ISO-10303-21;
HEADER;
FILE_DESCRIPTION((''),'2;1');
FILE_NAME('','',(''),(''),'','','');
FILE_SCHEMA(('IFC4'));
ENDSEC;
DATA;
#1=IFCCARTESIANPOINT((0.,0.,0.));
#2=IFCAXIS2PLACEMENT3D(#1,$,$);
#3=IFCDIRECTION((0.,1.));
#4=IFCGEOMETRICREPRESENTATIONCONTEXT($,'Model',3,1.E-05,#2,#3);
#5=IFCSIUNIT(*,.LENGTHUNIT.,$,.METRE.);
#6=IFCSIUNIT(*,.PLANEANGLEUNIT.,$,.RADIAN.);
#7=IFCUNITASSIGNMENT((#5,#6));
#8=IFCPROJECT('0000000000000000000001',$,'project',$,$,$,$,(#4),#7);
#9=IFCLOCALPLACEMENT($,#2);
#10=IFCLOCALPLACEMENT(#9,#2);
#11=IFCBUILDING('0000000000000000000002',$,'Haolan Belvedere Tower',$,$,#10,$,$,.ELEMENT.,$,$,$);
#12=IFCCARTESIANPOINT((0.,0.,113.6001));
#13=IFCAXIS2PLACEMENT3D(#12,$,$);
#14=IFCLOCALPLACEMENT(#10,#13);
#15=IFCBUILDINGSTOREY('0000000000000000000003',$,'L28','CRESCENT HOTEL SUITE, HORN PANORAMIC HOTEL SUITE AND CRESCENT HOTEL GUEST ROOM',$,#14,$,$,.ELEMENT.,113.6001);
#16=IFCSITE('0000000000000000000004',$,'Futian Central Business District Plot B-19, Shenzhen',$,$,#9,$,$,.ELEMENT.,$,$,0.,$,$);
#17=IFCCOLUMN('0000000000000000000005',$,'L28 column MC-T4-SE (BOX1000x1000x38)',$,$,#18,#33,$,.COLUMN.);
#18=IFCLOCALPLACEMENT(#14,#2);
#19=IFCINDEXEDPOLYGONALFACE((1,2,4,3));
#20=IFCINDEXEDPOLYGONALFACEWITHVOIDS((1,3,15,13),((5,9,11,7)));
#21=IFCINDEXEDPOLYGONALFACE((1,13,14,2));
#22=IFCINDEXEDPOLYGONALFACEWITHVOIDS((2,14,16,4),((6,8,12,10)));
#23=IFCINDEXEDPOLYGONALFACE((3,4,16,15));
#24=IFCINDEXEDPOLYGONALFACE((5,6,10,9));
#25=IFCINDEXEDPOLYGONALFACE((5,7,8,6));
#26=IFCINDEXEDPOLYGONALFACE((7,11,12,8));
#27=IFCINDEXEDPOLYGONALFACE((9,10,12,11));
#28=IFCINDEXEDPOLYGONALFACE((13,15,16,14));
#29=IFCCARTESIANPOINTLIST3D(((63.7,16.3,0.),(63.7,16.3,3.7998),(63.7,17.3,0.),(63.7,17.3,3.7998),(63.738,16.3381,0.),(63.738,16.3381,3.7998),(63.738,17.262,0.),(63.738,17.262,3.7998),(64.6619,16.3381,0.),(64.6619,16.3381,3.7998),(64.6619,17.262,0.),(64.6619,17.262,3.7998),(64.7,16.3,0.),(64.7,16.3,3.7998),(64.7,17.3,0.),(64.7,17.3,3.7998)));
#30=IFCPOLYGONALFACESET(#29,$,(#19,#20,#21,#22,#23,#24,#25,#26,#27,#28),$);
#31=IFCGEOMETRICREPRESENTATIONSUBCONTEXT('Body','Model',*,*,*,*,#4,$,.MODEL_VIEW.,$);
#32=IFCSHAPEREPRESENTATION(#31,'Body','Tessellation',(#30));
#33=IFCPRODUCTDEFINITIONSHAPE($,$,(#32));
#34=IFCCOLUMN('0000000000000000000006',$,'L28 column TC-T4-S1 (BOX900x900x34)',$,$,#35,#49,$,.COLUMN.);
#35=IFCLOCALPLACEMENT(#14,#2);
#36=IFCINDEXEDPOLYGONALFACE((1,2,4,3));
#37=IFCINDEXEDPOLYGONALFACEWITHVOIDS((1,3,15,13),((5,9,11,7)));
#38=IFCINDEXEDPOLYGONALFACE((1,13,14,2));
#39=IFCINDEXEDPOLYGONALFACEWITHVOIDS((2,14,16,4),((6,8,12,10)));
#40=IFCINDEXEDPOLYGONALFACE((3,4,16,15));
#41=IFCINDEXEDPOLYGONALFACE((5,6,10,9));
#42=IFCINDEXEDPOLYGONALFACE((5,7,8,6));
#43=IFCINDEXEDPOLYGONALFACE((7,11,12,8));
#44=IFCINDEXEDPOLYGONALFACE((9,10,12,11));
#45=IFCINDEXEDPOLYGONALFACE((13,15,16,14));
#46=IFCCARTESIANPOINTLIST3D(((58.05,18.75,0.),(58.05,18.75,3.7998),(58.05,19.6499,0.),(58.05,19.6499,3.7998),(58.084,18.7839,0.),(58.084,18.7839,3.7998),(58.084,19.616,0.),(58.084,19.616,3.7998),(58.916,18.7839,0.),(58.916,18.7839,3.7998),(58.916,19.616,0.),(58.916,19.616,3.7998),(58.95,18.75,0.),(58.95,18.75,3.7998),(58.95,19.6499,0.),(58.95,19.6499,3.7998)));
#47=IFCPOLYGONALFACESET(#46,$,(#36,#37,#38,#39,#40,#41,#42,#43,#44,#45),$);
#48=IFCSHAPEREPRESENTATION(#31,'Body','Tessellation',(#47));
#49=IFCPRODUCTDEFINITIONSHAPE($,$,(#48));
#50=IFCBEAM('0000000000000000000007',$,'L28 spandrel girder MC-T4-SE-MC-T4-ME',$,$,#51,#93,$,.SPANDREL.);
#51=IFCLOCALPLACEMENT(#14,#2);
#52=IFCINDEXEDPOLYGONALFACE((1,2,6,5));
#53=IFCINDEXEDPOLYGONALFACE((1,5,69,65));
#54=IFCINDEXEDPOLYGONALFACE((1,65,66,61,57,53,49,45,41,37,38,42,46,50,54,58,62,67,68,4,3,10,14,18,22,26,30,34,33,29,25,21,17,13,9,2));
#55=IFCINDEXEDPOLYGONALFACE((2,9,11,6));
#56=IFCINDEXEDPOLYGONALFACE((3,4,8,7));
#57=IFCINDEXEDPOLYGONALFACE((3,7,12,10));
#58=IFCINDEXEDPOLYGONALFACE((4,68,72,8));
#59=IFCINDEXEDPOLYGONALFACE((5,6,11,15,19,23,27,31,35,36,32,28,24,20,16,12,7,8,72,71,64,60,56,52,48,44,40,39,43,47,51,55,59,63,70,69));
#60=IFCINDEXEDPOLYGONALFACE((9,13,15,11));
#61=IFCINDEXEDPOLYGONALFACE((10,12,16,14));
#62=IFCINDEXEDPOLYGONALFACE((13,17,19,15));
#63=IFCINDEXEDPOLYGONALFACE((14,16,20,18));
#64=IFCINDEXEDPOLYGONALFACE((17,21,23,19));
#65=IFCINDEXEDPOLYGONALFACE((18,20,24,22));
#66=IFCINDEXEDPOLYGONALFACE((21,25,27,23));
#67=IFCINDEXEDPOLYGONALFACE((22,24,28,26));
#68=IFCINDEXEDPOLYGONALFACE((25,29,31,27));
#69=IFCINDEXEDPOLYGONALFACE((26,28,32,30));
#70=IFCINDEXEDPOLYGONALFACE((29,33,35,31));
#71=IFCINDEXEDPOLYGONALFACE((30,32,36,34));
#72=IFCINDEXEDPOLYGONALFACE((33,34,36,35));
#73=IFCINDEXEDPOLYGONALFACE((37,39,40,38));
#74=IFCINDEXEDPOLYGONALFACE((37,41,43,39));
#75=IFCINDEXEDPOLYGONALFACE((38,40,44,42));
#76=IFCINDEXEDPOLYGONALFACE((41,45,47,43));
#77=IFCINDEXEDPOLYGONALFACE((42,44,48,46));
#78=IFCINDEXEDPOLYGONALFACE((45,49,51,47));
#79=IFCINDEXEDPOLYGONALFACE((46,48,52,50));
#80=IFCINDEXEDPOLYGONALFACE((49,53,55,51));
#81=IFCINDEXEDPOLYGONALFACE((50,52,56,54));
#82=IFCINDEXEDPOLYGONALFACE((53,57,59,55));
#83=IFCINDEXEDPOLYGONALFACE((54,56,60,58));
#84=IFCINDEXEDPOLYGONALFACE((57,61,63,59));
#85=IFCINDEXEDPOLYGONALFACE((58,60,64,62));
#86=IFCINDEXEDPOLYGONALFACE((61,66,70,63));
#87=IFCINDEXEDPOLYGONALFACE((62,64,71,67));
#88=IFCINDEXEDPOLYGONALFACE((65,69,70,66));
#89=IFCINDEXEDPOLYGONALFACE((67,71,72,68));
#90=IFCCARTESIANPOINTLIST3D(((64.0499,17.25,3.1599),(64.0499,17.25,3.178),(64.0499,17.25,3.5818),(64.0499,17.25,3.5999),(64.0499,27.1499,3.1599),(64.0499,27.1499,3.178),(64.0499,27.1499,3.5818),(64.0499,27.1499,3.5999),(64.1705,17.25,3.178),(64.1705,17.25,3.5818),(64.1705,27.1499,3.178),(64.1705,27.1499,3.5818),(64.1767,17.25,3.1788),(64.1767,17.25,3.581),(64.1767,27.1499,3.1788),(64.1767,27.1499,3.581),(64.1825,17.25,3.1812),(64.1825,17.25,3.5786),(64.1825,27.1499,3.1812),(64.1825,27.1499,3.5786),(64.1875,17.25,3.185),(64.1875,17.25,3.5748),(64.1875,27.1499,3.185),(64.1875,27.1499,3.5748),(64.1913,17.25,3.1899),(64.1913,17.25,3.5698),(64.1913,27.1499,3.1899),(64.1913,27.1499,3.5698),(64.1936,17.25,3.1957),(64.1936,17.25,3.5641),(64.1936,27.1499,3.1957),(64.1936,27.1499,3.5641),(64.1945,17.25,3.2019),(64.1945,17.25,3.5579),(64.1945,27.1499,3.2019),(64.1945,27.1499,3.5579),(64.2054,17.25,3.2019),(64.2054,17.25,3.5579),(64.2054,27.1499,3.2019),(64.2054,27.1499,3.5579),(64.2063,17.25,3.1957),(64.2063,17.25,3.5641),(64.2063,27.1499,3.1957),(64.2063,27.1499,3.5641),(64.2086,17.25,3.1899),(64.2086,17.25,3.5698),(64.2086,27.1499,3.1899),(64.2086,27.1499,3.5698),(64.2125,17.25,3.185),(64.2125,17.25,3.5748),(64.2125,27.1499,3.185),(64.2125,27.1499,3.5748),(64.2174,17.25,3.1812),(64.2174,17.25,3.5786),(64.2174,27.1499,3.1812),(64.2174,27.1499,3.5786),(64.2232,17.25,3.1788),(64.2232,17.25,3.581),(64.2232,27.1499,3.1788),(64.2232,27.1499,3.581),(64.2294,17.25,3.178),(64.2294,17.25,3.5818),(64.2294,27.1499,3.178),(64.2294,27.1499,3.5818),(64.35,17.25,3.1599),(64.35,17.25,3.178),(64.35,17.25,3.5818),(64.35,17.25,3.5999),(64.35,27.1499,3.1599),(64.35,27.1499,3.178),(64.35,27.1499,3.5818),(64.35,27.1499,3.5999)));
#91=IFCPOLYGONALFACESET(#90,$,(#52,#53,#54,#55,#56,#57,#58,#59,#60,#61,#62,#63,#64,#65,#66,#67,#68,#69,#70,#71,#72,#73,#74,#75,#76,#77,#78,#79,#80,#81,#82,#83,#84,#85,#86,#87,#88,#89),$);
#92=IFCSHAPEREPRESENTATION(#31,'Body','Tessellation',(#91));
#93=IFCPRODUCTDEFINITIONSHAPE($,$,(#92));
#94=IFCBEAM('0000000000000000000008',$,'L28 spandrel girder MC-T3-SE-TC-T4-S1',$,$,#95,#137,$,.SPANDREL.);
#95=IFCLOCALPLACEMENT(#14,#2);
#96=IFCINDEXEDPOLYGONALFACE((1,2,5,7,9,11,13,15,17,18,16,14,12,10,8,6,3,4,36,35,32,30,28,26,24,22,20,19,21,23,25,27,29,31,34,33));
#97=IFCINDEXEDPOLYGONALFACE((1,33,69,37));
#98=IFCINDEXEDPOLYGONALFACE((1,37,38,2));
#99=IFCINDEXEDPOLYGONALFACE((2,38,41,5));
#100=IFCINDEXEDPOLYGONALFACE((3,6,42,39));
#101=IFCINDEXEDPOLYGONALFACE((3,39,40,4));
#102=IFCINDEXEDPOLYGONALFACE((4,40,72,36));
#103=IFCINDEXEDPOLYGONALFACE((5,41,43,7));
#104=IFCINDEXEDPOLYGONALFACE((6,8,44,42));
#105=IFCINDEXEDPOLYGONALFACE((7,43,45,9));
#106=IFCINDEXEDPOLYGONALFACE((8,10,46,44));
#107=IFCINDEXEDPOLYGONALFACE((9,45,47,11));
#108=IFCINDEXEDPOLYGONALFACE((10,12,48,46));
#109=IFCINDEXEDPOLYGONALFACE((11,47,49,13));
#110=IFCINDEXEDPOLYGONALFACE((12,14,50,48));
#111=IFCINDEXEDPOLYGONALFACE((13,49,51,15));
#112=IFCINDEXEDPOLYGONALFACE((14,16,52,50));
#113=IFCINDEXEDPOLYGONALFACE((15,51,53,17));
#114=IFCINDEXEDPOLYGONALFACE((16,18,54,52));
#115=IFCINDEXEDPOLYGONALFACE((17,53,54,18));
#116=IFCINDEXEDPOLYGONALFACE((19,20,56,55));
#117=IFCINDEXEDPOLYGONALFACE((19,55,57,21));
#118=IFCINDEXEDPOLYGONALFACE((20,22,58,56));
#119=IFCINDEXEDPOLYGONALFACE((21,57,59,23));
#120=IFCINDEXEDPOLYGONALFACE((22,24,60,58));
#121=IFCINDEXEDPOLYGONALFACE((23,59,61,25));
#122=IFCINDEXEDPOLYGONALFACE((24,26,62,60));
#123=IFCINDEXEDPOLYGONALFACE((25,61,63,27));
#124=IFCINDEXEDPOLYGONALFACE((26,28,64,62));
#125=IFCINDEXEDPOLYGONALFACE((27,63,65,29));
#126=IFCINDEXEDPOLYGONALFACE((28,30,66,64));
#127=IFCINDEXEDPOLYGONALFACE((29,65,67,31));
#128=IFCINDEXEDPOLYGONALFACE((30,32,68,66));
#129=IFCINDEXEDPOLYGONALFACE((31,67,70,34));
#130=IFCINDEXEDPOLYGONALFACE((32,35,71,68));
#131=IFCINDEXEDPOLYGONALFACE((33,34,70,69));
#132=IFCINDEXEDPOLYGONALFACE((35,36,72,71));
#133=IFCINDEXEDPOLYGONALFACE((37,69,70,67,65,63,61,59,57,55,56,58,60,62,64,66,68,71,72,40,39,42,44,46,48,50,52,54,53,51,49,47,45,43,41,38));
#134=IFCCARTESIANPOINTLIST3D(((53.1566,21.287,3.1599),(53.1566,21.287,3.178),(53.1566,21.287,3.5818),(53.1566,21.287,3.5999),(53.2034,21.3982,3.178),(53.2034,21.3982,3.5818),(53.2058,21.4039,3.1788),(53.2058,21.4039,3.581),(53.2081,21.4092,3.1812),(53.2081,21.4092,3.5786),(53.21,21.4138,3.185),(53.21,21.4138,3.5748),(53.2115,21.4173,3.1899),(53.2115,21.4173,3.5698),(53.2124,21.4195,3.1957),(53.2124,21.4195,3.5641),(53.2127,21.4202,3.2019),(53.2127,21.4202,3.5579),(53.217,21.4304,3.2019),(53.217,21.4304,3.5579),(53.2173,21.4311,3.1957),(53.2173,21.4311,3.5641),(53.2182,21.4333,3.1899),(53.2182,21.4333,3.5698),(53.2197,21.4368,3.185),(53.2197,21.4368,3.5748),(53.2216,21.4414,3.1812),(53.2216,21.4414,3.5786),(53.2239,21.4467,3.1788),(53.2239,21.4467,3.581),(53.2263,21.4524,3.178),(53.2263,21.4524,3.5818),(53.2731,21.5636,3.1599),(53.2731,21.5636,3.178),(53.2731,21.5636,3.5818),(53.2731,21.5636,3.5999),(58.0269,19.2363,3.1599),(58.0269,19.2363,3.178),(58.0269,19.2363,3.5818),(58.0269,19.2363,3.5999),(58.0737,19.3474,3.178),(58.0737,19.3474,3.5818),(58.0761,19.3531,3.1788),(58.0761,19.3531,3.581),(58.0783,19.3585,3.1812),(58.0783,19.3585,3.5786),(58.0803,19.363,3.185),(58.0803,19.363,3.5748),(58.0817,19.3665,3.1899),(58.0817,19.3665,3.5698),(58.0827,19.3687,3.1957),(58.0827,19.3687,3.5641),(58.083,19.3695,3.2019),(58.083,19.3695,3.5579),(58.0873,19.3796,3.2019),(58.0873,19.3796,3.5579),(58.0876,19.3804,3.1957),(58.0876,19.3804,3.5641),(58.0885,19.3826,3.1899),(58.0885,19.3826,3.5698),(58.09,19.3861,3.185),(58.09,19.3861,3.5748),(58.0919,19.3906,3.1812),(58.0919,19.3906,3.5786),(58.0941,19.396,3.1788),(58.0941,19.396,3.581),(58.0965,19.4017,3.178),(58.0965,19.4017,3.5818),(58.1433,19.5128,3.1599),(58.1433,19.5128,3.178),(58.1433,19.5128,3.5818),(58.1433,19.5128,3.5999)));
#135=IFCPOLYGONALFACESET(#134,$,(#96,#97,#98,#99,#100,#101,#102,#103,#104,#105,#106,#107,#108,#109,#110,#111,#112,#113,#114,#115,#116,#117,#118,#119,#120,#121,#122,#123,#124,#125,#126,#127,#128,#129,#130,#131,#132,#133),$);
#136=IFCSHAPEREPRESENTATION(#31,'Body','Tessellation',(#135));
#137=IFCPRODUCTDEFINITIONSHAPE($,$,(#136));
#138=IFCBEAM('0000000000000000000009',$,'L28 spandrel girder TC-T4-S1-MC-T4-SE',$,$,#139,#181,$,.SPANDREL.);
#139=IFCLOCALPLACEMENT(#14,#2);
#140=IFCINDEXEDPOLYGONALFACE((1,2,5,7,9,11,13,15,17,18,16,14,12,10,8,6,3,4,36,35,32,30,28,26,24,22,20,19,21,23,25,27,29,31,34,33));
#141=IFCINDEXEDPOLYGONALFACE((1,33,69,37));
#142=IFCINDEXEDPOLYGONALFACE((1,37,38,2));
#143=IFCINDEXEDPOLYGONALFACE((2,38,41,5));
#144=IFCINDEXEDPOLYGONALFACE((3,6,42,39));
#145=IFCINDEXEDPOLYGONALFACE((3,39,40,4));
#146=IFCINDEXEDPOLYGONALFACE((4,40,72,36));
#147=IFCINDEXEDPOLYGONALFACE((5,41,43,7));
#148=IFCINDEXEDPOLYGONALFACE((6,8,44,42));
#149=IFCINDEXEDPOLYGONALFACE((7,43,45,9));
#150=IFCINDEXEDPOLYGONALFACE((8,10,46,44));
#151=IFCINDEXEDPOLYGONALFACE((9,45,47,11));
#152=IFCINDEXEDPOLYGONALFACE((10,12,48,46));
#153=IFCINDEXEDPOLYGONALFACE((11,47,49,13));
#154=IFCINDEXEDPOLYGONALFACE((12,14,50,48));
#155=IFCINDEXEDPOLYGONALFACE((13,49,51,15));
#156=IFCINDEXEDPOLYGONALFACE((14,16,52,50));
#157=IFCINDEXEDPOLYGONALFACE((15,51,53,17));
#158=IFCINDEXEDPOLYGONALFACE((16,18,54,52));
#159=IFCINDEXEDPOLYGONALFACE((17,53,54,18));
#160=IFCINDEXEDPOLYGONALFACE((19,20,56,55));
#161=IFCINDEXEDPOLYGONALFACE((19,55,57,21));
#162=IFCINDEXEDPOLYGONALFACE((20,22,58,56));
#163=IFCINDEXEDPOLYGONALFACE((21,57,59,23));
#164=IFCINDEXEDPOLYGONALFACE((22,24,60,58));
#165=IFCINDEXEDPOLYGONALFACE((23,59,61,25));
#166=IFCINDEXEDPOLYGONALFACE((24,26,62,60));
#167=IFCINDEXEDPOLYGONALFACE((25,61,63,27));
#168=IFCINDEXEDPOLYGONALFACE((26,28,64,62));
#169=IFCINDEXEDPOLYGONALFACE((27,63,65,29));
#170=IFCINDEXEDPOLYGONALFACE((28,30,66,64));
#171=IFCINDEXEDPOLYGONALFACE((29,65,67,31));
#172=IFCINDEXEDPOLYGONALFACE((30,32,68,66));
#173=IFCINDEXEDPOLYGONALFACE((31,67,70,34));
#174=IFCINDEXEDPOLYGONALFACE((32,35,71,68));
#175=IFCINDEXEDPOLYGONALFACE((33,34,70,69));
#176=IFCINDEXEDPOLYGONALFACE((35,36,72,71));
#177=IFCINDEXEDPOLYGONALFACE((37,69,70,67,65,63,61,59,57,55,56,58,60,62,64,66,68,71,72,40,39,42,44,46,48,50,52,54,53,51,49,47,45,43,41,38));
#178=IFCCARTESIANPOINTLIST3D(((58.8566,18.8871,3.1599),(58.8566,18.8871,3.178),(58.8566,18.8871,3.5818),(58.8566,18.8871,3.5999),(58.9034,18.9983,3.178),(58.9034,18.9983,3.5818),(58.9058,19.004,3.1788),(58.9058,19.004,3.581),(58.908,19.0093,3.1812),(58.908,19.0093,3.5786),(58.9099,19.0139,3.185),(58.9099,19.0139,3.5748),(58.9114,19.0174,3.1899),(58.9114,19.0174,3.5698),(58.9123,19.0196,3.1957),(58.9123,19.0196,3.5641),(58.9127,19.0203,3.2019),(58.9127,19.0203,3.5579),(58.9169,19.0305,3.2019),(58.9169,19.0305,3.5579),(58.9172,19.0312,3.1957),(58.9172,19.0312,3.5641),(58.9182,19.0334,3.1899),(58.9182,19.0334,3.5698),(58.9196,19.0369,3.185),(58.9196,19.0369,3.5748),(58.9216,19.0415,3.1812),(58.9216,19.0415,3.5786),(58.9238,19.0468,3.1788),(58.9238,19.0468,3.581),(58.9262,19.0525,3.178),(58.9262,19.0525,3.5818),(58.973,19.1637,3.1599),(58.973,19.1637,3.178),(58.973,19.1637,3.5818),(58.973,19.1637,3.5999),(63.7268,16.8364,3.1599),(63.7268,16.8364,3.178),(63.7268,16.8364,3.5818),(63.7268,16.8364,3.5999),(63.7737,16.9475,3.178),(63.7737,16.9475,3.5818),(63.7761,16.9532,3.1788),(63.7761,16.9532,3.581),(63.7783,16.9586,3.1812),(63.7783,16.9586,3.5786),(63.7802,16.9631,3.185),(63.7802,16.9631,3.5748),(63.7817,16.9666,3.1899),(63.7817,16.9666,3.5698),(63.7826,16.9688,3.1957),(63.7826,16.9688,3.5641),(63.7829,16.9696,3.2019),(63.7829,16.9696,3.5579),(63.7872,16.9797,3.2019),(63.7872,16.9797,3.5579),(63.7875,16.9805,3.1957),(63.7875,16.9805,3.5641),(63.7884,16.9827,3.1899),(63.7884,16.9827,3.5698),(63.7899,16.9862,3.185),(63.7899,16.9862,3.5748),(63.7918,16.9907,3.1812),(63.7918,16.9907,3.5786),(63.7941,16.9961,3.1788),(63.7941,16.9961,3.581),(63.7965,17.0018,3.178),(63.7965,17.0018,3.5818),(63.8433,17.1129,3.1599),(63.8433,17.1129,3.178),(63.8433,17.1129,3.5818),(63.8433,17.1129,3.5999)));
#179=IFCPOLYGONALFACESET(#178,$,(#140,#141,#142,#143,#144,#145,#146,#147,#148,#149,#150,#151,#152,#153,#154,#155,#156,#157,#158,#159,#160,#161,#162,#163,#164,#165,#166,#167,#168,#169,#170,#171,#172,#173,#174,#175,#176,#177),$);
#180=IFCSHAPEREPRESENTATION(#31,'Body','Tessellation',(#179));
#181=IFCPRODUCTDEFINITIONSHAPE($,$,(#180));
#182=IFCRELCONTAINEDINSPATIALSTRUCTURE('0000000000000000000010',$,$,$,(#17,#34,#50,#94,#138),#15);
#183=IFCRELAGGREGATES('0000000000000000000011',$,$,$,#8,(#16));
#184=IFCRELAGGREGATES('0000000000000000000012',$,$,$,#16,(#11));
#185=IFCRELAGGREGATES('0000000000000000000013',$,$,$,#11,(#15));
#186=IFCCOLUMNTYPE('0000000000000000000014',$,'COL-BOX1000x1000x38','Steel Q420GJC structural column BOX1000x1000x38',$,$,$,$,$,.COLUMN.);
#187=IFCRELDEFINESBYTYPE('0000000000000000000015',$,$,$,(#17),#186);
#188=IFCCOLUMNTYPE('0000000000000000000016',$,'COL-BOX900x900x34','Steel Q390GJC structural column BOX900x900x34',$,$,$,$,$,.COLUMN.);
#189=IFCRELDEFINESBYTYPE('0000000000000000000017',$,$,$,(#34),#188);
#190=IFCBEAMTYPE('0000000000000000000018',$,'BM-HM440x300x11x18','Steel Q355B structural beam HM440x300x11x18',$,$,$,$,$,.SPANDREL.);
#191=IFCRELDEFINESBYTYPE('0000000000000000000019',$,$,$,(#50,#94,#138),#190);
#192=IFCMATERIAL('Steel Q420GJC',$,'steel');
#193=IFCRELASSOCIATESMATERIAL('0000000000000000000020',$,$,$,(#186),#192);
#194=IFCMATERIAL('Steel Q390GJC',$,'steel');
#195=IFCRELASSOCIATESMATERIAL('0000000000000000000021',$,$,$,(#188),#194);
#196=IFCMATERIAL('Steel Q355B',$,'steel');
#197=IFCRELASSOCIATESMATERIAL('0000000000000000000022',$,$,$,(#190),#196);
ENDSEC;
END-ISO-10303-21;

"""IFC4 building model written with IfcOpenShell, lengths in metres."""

from ifc_helpers import new_model, si_unit, direction, frame, origin, origin_2d, place, context, subcontext, project, spatial, hollow_rectangle, i_section, extrude, material, material_profile, profile_set, type_object, element, save


model = new_model("IFC4")

# Units and contexts
model_context = context("Model", 3, precision=1e-05, world=origin(), true_north=direction((0.0, 1.0)))
body_context = subcontext(model_context, "Body", "Model", "MODEL_VIEW")
ifc_project = project(units=[si_unit("LENGTHUNIT", "METRE"), si_unit("PLANEANGLEUNIT", "RADIAN")], contexts=[model_context])

# Site, building, storey
site_placement = place(None, origin())
site = spatial("IfcSite", under=ifc_project, at=site_placement, Name="Futian Central Business District Plot B-19, Shenzhen", CompositionType="ELEMENT", RefElevation=0.0)
building_placement = place(site_placement, origin())
building = spatial("IfcBuilding", under=site, at=building_placement, Name="Haolan Belvedere Tower", CompositionType="ELEMENT")
storey_placement = place(building_placement, frame((0.0, 0.0, 113.6001)))
storey = spatial("IfcBuildingStorey", under=building, at=storey_placement, Name="L28", Description="CRESCENT HOTEL SUITE, HORN PANORAMIC HOTEL SUITE AND CRESCENT HOTEL GUEST ROOM", CompositionType="ELEMENT", Elevation=113.6001)

# Columns
ifc_material_1 = material(Name="Steel Q420GJC", Category="steel")
ifc_material_profile_1 = material_profile(ifc_material_1, hollow_rectangle(XDim=1.0, YDim=1.0, WallThickness=0.0381, at=origin_2d()), Name="Steel Q420GJC")
ifc_profile_set_1 = profile_set([ifc_material_profile_1], Name="Steel Q420GJC")
column_type_1 = type_object("IfcColumnType", Name="COL-BOX1000x1000x38", Description="Steel Q420GJC structural column BOX1000x1000x38", PredefinedType="COLUMN", material=ifc_profile_set_1)
column_1_placement = place(storey_placement, frame((64.2, 16.8, 0.0), z_axis=(0.0, 0.0, 1.0), x_axis=(1.0, 0.0, 0.0)))
element("IfcColumn", 1, at=column_1_placement, inside=storey, type_object=column_type_1, Name="L28 column MC-T4-SE (BOX1000x1000x38)", PredefinedType="COLUMN", context=body_context, shape_type="SweptSolid", body=[
    extrude(hollow_rectangle(XDim=1.0, YDim=1.0, WallThickness=0.0381, at=origin_2d()), origin(), (0.0, 0.0, 1.0), 3.7998),
])
ifc_material_2 = material(Name="Steel Q390GJC", Category="steel")
ifc_material_profile_2 = material_profile(ifc_material_2, hollow_rectangle(XDim=0.8999, YDim=0.8999, WallThickness=0.0339, at=origin_2d()), Name="Steel Q390GJC")
ifc_profile_set_2 = profile_set([ifc_material_profile_2], Name="Steel Q390GJC")
column_type_2 = type_object("IfcColumnType", Name="COL-BOX900x900x34", Description="Steel Q390GJC structural column BOX900x900x34", PredefinedType="COLUMN", material=ifc_profile_set_2)
column_2_placement = place(storey_placement, frame((58.5, 19.2, 0.0), z_axis=(0.0, 0.0, 1.0), x_axis=(1.0, 0.0, 0.0)))
element("IfcColumn", 2, at=column_2_placement, inside=storey, type_object=column_type_2, Name="L28 column TC-T4-S1 (BOX900x900x34)", PredefinedType="COLUMN", context=body_context, shape_type="SweptSolid", body=[
    extrude(hollow_rectangle(XDim=0.8999, YDim=0.8999, WallThickness=0.0339, at=origin_2d()), origin(), (0.0, 0.0, 1.0), 3.7998),
])

# Beams
ifc_material_3 = material(Name="Steel Q355B", Category="steel")
ifc_material_profile_3 = material_profile(ifc_material_3, i_section(OverallWidth=0.3, OverallDepth=0.4399, WebThickness=0.011, FlangeThickness=0.0181, FilletRadius=0.0239, at=origin_2d()), Name="Steel Q355B")
ifc_profile_set_3 = profile_set([ifc_material_profile_3], Name="Steel Q355B")
beam_type = type_object("IfcBeamType", Name="BM-HM440x300x11x18", Description="Steel Q355B structural beam HM440x300x11x18", PredefinedType="SPANDREL", material=ifc_profile_set_3)
beam_placement = place(storey_placement, frame((64.2, 17.25, 3.3799), z_axis=(0.0, 1.0, 0.0), x_axis=(-1.0, 0.0, 0.0)))
element("IfcBeam", 3, at=beam_placement, inside=storey, type_object=beam_type, Name="L28 spandrel girder MC-T4-SE-MC-T4-ME", PredefinedType="SPANDREL", context=body_context, shape_type="SweptSolid", body=[
    extrude(i_section(OverallWidth=0.3, OverallDepth=0.4399, WebThickness=0.011, FlangeThickness=0.0181, FilletRadius=0.0239, at=origin_2d()), origin(), (0.0, 0.0, 1.0), 9.8999),
])
for number, where, z_axis, x_axis, name in (
    (4, (53.2148, 21.4253, 3.3799), (0.921628, -0.388074, 0.0), (0.388074, 0.921628, 0.0), "L28 spandrel girder MC-T3-SE-TC-T4-S1"),
    (5, (58.9148, 19.0254, 3.3799), (0.921628, -0.388074, 0.0), (0.388074, 0.921628, 0.0), "L28 spandrel girder TC-T4-S1-MC-T4-SE"),
):
    element("IfcBeam", number, at=place(storey_placement, frame(where, z_axis=z_axis, x_axis=x_axis)), inside=storey, type_object=beam_type, Name=name, PredefinedType="SPANDREL", context=body_context, shape_type="SweptSolid", body=[
        extrude(i_section(OverallWidth=0.3, OverallDepth=0.4399, WebThickness=0.011, FlangeThickness=0.0181, FilletRadius=0.0239, at=origin_2d()), origin(), (0.0, 0.0, 1.0), 5.2844),
    ])

save(model, "model.ifc")
